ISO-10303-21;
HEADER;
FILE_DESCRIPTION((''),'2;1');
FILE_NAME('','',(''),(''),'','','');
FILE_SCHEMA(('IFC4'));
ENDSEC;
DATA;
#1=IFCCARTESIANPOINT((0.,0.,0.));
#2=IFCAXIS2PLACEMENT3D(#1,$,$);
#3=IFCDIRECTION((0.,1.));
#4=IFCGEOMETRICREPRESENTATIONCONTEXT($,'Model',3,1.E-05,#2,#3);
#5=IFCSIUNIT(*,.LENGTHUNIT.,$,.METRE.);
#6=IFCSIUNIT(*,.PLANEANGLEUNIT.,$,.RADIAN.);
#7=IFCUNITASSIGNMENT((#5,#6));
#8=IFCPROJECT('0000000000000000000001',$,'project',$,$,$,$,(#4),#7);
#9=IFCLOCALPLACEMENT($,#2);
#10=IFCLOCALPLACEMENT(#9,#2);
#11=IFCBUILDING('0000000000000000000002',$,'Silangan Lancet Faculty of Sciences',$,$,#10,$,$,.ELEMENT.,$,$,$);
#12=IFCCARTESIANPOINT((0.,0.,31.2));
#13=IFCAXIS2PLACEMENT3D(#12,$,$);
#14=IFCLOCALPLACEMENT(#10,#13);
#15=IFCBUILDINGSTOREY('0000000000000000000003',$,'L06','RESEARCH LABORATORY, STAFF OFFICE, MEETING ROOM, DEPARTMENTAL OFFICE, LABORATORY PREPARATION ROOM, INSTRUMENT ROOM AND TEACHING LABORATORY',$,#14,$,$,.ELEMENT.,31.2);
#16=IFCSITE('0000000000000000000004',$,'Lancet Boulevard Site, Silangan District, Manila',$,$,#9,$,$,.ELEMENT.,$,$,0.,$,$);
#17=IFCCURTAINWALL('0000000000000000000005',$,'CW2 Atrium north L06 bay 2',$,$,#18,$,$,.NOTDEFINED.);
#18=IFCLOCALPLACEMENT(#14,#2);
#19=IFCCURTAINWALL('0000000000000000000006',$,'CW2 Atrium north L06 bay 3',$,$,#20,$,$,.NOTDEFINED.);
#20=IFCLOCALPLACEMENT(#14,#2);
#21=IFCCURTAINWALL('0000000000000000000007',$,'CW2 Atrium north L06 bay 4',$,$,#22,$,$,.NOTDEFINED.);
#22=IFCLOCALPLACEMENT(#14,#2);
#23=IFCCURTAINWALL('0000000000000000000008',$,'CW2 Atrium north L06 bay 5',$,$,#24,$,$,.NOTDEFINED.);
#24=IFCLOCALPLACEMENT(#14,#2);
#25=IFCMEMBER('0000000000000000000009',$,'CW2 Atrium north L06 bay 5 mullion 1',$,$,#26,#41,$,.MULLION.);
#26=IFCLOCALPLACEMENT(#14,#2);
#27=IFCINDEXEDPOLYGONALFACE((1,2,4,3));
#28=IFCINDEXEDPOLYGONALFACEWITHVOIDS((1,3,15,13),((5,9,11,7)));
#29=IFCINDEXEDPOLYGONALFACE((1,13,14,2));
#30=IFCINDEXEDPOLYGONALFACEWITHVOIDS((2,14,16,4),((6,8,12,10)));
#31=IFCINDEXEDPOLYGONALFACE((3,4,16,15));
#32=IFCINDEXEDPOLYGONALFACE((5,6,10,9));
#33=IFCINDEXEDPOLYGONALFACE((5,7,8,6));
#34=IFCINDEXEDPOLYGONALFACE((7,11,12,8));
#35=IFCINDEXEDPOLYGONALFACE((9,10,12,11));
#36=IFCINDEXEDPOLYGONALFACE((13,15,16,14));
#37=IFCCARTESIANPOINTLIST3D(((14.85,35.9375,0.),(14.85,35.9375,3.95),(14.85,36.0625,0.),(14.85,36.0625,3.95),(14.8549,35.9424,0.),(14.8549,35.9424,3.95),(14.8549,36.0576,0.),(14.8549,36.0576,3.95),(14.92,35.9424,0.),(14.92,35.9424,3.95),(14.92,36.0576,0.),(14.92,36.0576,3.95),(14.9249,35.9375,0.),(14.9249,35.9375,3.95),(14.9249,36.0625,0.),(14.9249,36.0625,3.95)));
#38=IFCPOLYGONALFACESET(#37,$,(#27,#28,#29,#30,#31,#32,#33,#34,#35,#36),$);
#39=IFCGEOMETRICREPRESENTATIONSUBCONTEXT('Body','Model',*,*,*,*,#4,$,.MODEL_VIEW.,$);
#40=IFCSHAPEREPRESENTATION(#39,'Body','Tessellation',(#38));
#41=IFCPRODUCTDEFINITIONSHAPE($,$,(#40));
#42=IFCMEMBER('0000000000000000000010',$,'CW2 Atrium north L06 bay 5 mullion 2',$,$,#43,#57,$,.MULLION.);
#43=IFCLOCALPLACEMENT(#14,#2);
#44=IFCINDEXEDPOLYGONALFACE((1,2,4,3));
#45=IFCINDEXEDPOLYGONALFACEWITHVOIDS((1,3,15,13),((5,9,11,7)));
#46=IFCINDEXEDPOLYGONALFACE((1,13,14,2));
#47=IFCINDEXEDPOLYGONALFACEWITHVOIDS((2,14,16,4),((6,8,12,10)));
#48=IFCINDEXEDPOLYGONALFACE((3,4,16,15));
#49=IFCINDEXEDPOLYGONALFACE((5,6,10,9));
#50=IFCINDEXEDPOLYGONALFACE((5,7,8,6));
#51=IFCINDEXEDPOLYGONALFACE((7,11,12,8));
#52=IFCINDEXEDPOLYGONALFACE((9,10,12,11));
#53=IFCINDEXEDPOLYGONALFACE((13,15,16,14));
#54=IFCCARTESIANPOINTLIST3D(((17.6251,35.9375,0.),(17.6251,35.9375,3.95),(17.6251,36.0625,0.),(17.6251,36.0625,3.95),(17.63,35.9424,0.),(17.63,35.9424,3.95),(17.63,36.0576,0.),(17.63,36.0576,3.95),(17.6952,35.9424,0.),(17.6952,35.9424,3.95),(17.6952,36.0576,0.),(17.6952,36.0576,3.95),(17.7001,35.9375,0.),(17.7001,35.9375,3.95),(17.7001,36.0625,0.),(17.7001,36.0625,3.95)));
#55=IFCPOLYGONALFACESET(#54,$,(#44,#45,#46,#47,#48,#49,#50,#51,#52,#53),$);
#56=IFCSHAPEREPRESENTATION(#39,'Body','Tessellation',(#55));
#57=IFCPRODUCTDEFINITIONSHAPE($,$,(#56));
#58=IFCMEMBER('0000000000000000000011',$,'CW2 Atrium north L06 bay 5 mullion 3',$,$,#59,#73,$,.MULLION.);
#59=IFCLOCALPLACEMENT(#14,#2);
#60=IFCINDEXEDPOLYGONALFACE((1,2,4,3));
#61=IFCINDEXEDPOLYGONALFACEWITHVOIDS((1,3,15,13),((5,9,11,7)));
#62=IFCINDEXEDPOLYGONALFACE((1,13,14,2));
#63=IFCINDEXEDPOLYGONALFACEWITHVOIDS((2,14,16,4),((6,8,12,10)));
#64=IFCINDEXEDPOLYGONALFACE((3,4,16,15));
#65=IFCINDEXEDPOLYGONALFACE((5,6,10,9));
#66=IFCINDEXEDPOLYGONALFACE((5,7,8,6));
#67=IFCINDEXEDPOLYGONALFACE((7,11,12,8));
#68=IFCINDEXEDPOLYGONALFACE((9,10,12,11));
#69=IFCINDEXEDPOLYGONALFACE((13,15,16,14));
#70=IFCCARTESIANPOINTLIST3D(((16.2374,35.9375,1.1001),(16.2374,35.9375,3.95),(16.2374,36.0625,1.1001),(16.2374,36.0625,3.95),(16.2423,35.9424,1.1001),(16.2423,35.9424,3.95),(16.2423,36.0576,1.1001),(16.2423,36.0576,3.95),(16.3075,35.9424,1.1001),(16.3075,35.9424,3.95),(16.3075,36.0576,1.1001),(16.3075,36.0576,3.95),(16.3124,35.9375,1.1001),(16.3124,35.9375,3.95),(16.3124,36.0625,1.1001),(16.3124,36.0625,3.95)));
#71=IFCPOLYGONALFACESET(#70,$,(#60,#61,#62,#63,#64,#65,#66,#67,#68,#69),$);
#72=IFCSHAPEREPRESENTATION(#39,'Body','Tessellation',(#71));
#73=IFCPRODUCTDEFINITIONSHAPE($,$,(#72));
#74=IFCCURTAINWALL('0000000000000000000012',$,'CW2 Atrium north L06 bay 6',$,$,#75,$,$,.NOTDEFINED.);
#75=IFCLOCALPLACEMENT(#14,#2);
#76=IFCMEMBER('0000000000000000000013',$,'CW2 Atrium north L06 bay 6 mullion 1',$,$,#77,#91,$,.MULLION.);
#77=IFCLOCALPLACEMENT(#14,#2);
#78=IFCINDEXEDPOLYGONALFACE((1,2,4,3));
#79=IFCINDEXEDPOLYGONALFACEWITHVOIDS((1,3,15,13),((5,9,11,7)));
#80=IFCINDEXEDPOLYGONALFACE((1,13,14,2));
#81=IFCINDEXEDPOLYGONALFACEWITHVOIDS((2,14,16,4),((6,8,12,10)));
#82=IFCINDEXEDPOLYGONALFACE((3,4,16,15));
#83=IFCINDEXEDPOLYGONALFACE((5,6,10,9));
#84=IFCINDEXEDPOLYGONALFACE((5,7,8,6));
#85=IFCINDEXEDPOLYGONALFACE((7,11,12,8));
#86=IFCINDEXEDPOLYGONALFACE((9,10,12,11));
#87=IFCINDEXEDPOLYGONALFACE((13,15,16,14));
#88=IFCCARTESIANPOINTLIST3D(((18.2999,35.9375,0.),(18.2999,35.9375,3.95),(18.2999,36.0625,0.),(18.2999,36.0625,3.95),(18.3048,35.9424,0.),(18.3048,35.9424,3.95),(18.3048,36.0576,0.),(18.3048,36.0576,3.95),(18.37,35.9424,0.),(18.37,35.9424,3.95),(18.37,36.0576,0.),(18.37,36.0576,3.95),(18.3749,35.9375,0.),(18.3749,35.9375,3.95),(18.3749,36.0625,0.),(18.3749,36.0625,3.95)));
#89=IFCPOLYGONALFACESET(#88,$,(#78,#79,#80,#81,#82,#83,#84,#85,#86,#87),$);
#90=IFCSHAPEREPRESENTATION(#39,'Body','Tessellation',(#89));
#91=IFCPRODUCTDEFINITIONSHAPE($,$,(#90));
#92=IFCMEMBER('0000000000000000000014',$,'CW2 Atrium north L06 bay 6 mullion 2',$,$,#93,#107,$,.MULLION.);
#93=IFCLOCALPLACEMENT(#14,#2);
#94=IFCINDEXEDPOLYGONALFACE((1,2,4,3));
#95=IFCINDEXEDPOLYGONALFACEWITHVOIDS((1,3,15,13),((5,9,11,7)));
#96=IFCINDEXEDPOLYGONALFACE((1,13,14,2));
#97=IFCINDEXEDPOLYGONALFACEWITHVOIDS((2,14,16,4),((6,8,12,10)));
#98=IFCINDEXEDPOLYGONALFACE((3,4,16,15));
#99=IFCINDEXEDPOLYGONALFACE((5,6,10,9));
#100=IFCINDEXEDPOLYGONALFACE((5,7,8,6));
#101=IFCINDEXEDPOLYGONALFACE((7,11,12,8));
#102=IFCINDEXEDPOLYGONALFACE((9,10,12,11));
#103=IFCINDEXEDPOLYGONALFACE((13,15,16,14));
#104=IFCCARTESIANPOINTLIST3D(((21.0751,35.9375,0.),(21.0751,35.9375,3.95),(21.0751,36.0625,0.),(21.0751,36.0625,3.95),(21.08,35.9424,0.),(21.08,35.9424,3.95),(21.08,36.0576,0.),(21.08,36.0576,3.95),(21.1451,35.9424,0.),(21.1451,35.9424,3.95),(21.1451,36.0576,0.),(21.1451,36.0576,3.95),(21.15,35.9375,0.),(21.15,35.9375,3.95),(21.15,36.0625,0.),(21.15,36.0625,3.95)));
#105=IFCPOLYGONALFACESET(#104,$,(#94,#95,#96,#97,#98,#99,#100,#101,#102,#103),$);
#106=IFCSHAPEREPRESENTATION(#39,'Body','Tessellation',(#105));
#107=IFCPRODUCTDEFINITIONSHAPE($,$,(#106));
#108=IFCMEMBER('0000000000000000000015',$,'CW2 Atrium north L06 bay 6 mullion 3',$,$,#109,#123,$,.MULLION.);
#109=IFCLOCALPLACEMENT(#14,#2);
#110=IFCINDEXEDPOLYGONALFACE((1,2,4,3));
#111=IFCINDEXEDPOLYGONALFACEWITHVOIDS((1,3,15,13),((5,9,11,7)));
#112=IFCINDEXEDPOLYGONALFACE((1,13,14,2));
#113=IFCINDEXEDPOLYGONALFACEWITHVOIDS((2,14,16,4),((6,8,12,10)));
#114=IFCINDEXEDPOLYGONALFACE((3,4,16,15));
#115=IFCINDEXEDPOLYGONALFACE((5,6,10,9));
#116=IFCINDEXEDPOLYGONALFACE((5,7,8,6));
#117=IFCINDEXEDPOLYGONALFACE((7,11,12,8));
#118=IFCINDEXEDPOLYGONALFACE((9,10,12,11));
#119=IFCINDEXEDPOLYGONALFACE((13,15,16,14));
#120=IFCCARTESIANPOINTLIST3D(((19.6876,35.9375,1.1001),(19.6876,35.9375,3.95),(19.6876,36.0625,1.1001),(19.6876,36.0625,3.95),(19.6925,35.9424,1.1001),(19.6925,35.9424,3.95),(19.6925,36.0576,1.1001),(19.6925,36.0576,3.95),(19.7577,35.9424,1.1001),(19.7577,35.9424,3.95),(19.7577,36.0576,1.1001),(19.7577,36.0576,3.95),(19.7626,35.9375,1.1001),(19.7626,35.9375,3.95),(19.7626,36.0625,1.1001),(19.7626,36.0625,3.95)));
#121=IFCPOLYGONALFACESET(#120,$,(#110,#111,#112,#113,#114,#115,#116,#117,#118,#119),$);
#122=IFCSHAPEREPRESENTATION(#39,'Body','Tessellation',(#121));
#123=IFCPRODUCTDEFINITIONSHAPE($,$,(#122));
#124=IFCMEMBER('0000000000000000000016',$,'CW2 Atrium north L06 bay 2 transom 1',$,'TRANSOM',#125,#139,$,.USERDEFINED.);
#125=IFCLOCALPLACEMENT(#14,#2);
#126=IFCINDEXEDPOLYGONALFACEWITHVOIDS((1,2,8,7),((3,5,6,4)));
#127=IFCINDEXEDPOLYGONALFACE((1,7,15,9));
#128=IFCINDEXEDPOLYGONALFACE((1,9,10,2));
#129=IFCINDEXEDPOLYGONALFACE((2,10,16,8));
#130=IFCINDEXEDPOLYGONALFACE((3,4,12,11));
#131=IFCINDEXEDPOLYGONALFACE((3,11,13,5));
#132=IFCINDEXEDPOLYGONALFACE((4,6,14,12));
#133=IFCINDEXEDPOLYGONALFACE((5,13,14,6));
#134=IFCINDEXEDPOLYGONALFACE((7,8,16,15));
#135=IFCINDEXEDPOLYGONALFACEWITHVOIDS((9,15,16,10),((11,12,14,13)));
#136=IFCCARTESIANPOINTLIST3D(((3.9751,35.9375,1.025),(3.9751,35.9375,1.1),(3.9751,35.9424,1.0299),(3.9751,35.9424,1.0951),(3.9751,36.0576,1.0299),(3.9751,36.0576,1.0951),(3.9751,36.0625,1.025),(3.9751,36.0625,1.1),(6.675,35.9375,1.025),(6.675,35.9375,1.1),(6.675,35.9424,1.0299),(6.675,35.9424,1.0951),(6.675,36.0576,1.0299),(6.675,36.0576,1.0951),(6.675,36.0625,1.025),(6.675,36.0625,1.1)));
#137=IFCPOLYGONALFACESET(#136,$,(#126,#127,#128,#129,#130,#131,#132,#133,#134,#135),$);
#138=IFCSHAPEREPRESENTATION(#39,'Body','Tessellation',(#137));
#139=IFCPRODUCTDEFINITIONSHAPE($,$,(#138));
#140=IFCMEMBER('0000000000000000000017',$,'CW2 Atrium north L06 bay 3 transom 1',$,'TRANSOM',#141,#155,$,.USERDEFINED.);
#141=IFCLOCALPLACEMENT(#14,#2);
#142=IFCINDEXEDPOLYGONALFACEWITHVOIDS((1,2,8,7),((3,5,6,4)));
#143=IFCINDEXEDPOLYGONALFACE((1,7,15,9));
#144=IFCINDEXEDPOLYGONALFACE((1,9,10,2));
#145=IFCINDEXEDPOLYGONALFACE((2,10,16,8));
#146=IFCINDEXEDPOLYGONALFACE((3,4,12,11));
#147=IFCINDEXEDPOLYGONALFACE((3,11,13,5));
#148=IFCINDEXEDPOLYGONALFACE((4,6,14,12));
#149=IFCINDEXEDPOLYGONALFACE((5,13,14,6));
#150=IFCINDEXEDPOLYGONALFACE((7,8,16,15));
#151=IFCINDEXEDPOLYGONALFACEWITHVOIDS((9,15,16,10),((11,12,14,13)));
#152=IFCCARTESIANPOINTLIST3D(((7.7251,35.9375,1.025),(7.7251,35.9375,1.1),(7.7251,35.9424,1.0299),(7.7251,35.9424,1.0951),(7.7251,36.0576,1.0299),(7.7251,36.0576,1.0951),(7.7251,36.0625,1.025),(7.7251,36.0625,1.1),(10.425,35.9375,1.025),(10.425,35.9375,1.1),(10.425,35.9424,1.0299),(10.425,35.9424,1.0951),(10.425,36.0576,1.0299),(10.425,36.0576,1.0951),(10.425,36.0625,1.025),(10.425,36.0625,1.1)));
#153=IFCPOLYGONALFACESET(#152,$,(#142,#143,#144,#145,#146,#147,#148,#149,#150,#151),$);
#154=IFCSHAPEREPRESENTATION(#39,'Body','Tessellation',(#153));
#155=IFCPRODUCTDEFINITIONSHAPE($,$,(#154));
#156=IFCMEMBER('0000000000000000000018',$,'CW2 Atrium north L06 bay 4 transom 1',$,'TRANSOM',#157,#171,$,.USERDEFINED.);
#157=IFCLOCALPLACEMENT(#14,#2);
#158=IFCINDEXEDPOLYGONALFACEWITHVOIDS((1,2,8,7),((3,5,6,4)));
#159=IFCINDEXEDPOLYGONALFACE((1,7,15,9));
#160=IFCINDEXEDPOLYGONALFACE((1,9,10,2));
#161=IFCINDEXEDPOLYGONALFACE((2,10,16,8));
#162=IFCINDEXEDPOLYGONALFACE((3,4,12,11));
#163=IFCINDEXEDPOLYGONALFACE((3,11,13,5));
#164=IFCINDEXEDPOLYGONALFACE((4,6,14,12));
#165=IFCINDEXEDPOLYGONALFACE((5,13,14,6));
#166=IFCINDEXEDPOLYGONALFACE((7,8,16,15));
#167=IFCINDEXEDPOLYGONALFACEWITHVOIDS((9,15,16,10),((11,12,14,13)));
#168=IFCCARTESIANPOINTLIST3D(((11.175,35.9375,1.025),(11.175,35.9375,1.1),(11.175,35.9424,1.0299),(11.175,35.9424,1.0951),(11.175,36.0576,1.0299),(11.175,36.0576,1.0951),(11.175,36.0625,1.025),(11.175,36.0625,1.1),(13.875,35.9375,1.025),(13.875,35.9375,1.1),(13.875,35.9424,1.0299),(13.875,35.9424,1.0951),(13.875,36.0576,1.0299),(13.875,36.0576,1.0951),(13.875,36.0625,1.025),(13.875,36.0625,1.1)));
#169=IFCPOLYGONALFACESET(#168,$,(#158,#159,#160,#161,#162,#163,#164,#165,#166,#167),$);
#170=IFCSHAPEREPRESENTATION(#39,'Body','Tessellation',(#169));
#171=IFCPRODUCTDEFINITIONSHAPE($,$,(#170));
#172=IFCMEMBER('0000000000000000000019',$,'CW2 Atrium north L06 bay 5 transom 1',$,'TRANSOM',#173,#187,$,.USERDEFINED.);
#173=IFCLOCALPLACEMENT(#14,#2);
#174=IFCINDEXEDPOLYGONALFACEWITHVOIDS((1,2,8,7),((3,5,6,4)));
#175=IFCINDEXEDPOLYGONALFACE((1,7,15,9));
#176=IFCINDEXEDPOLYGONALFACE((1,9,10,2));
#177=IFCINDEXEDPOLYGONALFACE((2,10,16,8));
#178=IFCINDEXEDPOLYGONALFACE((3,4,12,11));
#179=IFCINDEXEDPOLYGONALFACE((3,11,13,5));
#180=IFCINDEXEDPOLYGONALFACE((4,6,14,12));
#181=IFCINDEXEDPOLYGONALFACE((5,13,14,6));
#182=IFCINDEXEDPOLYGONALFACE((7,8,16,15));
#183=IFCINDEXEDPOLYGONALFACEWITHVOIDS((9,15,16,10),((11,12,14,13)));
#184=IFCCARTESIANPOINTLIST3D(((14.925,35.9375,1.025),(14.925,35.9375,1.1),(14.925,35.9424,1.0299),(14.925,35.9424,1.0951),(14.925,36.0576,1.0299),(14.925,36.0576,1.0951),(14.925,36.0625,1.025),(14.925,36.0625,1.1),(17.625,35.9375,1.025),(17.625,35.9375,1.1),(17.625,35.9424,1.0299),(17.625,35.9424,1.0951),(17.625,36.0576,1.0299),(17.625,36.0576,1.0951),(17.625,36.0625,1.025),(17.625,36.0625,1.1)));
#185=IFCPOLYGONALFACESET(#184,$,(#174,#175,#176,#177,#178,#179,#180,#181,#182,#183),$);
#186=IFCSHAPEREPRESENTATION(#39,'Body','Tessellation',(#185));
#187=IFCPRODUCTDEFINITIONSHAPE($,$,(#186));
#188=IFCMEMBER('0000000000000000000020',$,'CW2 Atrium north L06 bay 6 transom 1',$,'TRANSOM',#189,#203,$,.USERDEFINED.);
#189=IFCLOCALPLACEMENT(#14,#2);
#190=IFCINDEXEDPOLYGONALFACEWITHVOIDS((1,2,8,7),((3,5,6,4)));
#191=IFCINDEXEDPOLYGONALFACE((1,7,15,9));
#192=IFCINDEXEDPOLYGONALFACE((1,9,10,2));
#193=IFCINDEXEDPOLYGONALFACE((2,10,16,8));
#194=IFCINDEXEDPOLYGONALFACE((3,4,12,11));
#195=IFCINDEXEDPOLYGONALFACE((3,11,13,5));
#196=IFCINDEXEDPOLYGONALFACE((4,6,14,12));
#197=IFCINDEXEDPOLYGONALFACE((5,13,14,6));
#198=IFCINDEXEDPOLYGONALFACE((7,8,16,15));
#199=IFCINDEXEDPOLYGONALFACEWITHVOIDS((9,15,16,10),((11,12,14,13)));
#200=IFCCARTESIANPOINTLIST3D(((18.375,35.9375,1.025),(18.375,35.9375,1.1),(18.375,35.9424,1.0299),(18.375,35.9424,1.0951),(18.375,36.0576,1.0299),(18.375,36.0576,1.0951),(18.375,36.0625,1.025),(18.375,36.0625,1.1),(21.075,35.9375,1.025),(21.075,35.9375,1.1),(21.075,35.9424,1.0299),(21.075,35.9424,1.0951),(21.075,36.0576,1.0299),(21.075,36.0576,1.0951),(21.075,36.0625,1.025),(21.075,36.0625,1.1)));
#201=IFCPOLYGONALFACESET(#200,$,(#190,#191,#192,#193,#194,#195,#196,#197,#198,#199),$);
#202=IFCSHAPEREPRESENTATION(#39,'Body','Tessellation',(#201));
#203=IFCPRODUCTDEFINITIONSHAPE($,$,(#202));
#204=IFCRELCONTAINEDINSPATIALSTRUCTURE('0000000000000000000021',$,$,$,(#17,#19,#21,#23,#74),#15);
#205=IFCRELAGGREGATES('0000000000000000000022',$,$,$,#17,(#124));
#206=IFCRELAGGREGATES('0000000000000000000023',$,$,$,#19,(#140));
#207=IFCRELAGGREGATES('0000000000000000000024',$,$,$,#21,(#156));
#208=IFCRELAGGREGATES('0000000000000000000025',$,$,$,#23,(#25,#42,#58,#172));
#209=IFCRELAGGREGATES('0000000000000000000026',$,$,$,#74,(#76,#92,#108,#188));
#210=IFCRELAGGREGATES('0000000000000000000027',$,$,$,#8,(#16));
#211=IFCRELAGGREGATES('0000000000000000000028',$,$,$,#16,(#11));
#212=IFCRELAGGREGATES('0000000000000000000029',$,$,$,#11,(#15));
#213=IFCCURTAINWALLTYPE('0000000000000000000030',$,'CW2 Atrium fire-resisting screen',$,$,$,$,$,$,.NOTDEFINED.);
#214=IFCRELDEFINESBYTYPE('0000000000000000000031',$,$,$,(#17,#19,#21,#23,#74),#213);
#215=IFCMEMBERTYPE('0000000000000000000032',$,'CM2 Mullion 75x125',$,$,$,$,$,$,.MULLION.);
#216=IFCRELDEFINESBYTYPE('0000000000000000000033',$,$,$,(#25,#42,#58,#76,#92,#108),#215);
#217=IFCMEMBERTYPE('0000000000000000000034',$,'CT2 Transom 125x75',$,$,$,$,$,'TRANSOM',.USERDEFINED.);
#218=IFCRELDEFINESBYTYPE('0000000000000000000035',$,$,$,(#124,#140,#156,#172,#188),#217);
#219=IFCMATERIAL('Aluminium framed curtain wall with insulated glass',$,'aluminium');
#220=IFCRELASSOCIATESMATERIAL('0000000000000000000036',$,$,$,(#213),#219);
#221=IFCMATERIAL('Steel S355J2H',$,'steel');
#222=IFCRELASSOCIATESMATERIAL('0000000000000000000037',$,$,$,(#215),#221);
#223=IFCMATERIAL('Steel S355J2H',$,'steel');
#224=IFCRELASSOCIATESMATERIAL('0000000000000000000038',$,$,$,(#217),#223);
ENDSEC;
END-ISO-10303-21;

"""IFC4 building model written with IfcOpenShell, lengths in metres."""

from ifc_helpers import new_model, si_unit, direction, frame, origin, origin_2d, place, context, subcontext, project, spatial, hollow_rectangle, extrude, material, material_profile, profile_set, type_object, element, aggregate, save


model = new_model("IFC4")

# Units and contexts
model_context = context("Model", 3, precision=1e-05, world=origin(), true_north=direction((0.0, 1.0)))
body_context = subcontext(model_context, "Body", "Model", "MODEL_VIEW")
ifc_project = project(units=[si_unit("LENGTHUNIT", "METRE"), si_unit("PLANEANGLEUNIT", "RADIAN")], contexts=[model_context])

# Site, building, storey
site_placement = place(None, origin())
site = spatial("IfcSite", under=ifc_project, at=site_placement, Name="Lancet Boulevard Site, Silangan District, Manila", CompositionType="ELEMENT", RefElevation=0.0)
building_placement = place(site_placement, origin())
building = spatial("IfcBuilding", under=site, at=building_placement, Name="Silangan Lancet Faculty of Sciences", CompositionType="ELEMENT")
storey_placement = place(building_placement, frame((0.0, 0.0, 31.2)))
storey = spatial("IfcBuildingStorey", under=building, at=storey_placement, Name="L06", Description="RESEARCH LABORATORY, STAFF OFFICE, MEETING ROOM, DEPARTMENTAL OFFICE, LABORATORY PREPARATION ROOM, INSTRUMENT ROOM AND TEACHING LABORATORY", CompositionType="ELEMENT", Elevation=31.2)

# Curtain walls, members
ifc_material_1 = material(Name="Aluminium framed curtain wall with insulated glass", Category="aluminium")
curtain_wall_type = type_object("IfcCurtainWallType", Name="CW2 Atrium fire-resisting screen", PredefinedType="NOTDEFINED", material=ifc_material_1)
curtain_wall_1_placement = place(storey_placement, origin())
curtain_wall_1 = element("IfcCurtainWall", 1, at=curtain_wall_1_placement, inside=storey, type_object=curtain_wall_type, Name="CW2 Atrium north L06 bay 2", PredefinedType="NOTDEFINED")
ifc_material_2 = material(Name="Steel S355J2H", Category="steel")
ifc_material_profile_1 = material_profile(ifc_material_2, hollow_rectangle(XDim=0.075, YDim=0.125, WallThickness=0.0049, at=origin_2d()), Name="ST BOX 75x125x5")
ifc_profile_set_1 = profile_set([ifc_material_profile_1], Name="Steel S355J2H")
member_type_1 = type_object("IfcMemberType", Name="CM2 Mullion 75x125", PredefinedType="MULLION", material=ifc_profile_set_1)
curtain_wall_2_placement = place(storey_placement, origin())
curtain_wall_2 = element("IfcCurtainWall", 2, at=curtain_wall_2_placement, inside=storey, type_object=curtain_wall_type, Name="CW2 Atrium north L06 bay 3", PredefinedType="NOTDEFINED")
curtain_wall_3_placement = place(storey_placement, origin())
curtain_wall_3 = element("IfcCurtainWall", 3, at=curtain_wall_3_placement, inside=storey, type_object=curtain_wall_type, Name="CW2 Atrium north L06 bay 4", PredefinedType="NOTDEFINED")
curtain_wall_4_placement = place(storey_placement, origin())
curtain_wall_4 = element("IfcCurtainWall", 4, at=curtain_wall_4_placement, inside=storey, type_object=curtain_wall_type, Name="CW2 Atrium north L06 bay 5", PredefinedType="NOTDEFINED")
member_1_placement = place(storey_placement, frame((14.8875, 36.0, 0.0), z_axis=(0.0, 0.0, 1.0), x_axis=(1.0, 0.0, 0.0)))
member_1 = element("IfcMember", 5, at=member_1_placement, type_object=member_type_1, Name="CW2 Atrium north L06 bay 5 mullion 1", PredefinedType="MULLION", context=body_context, shape_type="SweptSolid", body=[
    extrude(hollow_rectangle(XDim=0.075, YDim=0.125, WallThickness=0.0049, at=origin_2d()), origin(), (0.0, 0.0, 1.0), 3.95),
])
member_2_placement = place(storey_placement, frame((17.6626, 36.0, 0.0), z_axis=(0.0, 0.0, 1.0), x_axis=(1.0, 0.0, 0.0)))
member_2 = element("IfcMember", 6, at=member_2_placement, type_object=member_type_1, Name="CW2 Atrium north L06 bay 5 mullion 2", PredefinedType="MULLION", context=body_context, shape_type="SweptSolid", body=[
    extrude(hollow_rectangle(XDim=0.075, YDim=0.125, WallThickness=0.0049, at=origin_2d()), origin(), (0.0, 0.0, 1.0), 3.95),
])
member_3_placement = place(storey_placement, frame((16.2749, 36.0, 1.1001), z_axis=(0.0, 0.0, 1.0), x_axis=(1.0, 0.0, 0.0)))
member_3 = element("IfcMember", 7, at=member_3_placement, type_object=member_type_1, Name="CW2 Atrium north L06 bay 5 mullion 3", PredefinedType="MULLION", context=body_context, shape_type="SweptSolid", body=[
    extrude(hollow_rectangle(XDim=0.075, YDim=0.125, WallThickness=0.0049, at=origin_2d()), origin(), (0.0, 0.0, 1.0), 2.8499),
])
curtain_wall_5_placement = place(storey_placement, origin())
curtain_wall_5 = element("IfcCurtainWall", 8, at=curtain_wall_5_placement, inside=storey, type_object=curtain_wall_type, Name="CW2 Atrium north L06 bay 6", PredefinedType="NOTDEFINED")
member_4_placement = place(storey_placement, frame((18.3374, 36.0, 0.0), z_axis=(0.0, 0.0, 1.0), x_axis=(1.0, 0.0, 0.0)))
member_4 = element("IfcMember", 9, at=member_4_placement, type_object=member_type_1, Name="CW2 Atrium north L06 bay 6 mullion 1", PredefinedType="MULLION", context=body_context, shape_type="SweptSolid", body=[
    extrude(hollow_rectangle(XDim=0.075, YDim=0.125, WallThickness=0.0049, at=origin_2d()), origin(), (0.0, 0.0, 1.0), 3.95),
])
member_5_placement = place(storey_placement, frame((21.1125, 36.0, 0.0), z_axis=(0.0, 0.0, 1.0), x_axis=(1.0, 0.0, 0.0)))
member_5 = element("IfcMember", 10, at=member_5_placement, type_object=member_type_1, Name="CW2 Atrium north L06 bay 6 mullion 2", PredefinedType="MULLION", context=body_context, shape_type="SweptSolid", body=[
    extrude(hollow_rectangle(XDim=0.075, YDim=0.125, WallThickness=0.0049, at=origin_2d()), origin(), (0.0, 0.0, 1.0), 3.95),
])
member_6_placement = place(storey_placement, frame((19.7251, 36.0, 1.1001), z_axis=(0.0, 0.0, 1.0), x_axis=(1.0, 0.0, 0.0)))
member_6 = element("IfcMember", 11, at=member_6_placement, type_object=member_type_1, Name="CW2 Atrium north L06 bay 6 mullion 3", PredefinedType="MULLION", context=body_context, shape_type="SweptSolid", body=[
    extrude(hollow_rectangle(XDim=0.075, YDim=0.125, WallThickness=0.0049, at=origin_2d()), origin(), (0.0, 0.0, 1.0), 2.8499),
])

# Members
ifc_material_3 = material(Name="Steel S355J2H", Category="steel")
ifc_material_profile_2 = material_profile(ifc_material_3, hollow_rectangle(XDim=0.125, YDim=0.075, WallThickness=0.0049, at=origin_2d()), Name="ST BOX 125x75x5")
ifc_profile_set_2 = profile_set([ifc_material_profile_2], Name="Steel S355J2H")
member_type_2 = type_object("IfcMemberType", Name="CT2 Transom 125x75", ElementType="TRANSOM", PredefinedType="USERDEFINED", material=ifc_profile_set_2)
member_7_placement = place(storey_placement, frame((3.9751, 36.0, 1.0625), z_axis=(1.0, 0.0, 0.0), x_axis=(0.0, 1.0, 0.0)))
member_7 = element("IfcMember", 12, at=member_7_placement, type_object=member_type_2, Name="CW2 Atrium north L06 bay 2 transom 1", ObjectType="TRANSOM", PredefinedType="USERDEFINED", context=body_context, shape_type="SweptSolid", body=[
    extrude(hollow_rectangle(XDim=0.125, YDim=0.075, WallThickness=0.0049, at=origin_2d()), origin(), (0.0, 0.0, 1.0), 2.7),
])
member_8_placement = place(storey_placement, frame((7.7251, 36.0, 1.0625), z_axis=(1.0, 0.0, 0.0), x_axis=(0.0, 1.0, 0.0)))
member_8 = element("IfcMember", 13, at=member_8_placement, type_object=member_type_2, Name="CW2 Atrium north L06 bay 3 transom 1", ObjectType="TRANSOM", PredefinedType="USERDEFINED", context=body_context, shape_type="SweptSolid", body=[
    extrude(hollow_rectangle(XDim=0.125, YDim=0.075, WallThickness=0.0049, at=origin_2d()), origin(), (0.0, 0.0, 1.0), 2.7),
])
member_9_placement = place(storey_placement, frame((11.175, 36.0, 1.0625), z_axis=(1.0, 0.0, 0.0), x_axis=(0.0, 1.0, 0.0)))
member_9 = element("IfcMember", 14, at=member_9_placement, type_object=member_type_2, Name="CW2 Atrium north L06 bay 4 transom 1", ObjectType="TRANSOM", PredefinedType="USERDEFINED", context=body_context, shape_type="SweptSolid", body=[
    extrude(hollow_rectangle(XDim=0.125, YDim=0.075, WallThickness=0.0049, at=origin_2d()), origin(), (0.0, 0.0, 1.0), 2.7),
])
member_10_placement = place(storey_placement, frame((14.925, 36.0, 1.0625), z_axis=(1.0, 0.0, 0.0), x_axis=(0.0, 1.0, 0.0)))
member_10 = element("IfcMember", 15, at=member_10_placement, type_object=member_type_2, Name="CW2 Atrium north L06 bay 5 transom 1", ObjectType="TRANSOM", PredefinedType="USERDEFINED", context=body_context, shape_type="SweptSolid", body=[
    extrude(hollow_rectangle(XDim=0.125, YDim=0.075, WallThickness=0.0049, at=origin_2d()), origin(), (0.0, 0.0, 1.0), 2.7),
])
member_11_placement = place(storey_placement, frame((18.375, 36.0, 1.0625), z_axis=(1.0, 0.0, 0.0), x_axis=(0.0, 1.0, 0.0)))
member_11 = element("IfcMember", 16, at=member_11_placement, type_object=member_type_2, Name="CW2 Atrium north L06 bay 6 transom 1", ObjectType="TRANSOM", PredefinedType="USERDEFINED", context=body_context, shape_type="SweptSolid", body=[
    extrude(hollow_rectangle(XDim=0.125, YDim=0.075, WallThickness=0.0049, at=origin_2d()), origin(), (0.0, 0.0, 1.0), 2.7),
])

aggregate(curtain_wall_1, [member_7])
aggregate(curtain_wall_2, [member_8])
aggregate(curtain_wall_3, [member_9])
aggregate(curtain_wall_4, [member_1, member_2, member_3, member_10])
aggregate(curtain_wall_5, [member_4, member_5, member_6, member_11])

save(model, "model.ifc")
